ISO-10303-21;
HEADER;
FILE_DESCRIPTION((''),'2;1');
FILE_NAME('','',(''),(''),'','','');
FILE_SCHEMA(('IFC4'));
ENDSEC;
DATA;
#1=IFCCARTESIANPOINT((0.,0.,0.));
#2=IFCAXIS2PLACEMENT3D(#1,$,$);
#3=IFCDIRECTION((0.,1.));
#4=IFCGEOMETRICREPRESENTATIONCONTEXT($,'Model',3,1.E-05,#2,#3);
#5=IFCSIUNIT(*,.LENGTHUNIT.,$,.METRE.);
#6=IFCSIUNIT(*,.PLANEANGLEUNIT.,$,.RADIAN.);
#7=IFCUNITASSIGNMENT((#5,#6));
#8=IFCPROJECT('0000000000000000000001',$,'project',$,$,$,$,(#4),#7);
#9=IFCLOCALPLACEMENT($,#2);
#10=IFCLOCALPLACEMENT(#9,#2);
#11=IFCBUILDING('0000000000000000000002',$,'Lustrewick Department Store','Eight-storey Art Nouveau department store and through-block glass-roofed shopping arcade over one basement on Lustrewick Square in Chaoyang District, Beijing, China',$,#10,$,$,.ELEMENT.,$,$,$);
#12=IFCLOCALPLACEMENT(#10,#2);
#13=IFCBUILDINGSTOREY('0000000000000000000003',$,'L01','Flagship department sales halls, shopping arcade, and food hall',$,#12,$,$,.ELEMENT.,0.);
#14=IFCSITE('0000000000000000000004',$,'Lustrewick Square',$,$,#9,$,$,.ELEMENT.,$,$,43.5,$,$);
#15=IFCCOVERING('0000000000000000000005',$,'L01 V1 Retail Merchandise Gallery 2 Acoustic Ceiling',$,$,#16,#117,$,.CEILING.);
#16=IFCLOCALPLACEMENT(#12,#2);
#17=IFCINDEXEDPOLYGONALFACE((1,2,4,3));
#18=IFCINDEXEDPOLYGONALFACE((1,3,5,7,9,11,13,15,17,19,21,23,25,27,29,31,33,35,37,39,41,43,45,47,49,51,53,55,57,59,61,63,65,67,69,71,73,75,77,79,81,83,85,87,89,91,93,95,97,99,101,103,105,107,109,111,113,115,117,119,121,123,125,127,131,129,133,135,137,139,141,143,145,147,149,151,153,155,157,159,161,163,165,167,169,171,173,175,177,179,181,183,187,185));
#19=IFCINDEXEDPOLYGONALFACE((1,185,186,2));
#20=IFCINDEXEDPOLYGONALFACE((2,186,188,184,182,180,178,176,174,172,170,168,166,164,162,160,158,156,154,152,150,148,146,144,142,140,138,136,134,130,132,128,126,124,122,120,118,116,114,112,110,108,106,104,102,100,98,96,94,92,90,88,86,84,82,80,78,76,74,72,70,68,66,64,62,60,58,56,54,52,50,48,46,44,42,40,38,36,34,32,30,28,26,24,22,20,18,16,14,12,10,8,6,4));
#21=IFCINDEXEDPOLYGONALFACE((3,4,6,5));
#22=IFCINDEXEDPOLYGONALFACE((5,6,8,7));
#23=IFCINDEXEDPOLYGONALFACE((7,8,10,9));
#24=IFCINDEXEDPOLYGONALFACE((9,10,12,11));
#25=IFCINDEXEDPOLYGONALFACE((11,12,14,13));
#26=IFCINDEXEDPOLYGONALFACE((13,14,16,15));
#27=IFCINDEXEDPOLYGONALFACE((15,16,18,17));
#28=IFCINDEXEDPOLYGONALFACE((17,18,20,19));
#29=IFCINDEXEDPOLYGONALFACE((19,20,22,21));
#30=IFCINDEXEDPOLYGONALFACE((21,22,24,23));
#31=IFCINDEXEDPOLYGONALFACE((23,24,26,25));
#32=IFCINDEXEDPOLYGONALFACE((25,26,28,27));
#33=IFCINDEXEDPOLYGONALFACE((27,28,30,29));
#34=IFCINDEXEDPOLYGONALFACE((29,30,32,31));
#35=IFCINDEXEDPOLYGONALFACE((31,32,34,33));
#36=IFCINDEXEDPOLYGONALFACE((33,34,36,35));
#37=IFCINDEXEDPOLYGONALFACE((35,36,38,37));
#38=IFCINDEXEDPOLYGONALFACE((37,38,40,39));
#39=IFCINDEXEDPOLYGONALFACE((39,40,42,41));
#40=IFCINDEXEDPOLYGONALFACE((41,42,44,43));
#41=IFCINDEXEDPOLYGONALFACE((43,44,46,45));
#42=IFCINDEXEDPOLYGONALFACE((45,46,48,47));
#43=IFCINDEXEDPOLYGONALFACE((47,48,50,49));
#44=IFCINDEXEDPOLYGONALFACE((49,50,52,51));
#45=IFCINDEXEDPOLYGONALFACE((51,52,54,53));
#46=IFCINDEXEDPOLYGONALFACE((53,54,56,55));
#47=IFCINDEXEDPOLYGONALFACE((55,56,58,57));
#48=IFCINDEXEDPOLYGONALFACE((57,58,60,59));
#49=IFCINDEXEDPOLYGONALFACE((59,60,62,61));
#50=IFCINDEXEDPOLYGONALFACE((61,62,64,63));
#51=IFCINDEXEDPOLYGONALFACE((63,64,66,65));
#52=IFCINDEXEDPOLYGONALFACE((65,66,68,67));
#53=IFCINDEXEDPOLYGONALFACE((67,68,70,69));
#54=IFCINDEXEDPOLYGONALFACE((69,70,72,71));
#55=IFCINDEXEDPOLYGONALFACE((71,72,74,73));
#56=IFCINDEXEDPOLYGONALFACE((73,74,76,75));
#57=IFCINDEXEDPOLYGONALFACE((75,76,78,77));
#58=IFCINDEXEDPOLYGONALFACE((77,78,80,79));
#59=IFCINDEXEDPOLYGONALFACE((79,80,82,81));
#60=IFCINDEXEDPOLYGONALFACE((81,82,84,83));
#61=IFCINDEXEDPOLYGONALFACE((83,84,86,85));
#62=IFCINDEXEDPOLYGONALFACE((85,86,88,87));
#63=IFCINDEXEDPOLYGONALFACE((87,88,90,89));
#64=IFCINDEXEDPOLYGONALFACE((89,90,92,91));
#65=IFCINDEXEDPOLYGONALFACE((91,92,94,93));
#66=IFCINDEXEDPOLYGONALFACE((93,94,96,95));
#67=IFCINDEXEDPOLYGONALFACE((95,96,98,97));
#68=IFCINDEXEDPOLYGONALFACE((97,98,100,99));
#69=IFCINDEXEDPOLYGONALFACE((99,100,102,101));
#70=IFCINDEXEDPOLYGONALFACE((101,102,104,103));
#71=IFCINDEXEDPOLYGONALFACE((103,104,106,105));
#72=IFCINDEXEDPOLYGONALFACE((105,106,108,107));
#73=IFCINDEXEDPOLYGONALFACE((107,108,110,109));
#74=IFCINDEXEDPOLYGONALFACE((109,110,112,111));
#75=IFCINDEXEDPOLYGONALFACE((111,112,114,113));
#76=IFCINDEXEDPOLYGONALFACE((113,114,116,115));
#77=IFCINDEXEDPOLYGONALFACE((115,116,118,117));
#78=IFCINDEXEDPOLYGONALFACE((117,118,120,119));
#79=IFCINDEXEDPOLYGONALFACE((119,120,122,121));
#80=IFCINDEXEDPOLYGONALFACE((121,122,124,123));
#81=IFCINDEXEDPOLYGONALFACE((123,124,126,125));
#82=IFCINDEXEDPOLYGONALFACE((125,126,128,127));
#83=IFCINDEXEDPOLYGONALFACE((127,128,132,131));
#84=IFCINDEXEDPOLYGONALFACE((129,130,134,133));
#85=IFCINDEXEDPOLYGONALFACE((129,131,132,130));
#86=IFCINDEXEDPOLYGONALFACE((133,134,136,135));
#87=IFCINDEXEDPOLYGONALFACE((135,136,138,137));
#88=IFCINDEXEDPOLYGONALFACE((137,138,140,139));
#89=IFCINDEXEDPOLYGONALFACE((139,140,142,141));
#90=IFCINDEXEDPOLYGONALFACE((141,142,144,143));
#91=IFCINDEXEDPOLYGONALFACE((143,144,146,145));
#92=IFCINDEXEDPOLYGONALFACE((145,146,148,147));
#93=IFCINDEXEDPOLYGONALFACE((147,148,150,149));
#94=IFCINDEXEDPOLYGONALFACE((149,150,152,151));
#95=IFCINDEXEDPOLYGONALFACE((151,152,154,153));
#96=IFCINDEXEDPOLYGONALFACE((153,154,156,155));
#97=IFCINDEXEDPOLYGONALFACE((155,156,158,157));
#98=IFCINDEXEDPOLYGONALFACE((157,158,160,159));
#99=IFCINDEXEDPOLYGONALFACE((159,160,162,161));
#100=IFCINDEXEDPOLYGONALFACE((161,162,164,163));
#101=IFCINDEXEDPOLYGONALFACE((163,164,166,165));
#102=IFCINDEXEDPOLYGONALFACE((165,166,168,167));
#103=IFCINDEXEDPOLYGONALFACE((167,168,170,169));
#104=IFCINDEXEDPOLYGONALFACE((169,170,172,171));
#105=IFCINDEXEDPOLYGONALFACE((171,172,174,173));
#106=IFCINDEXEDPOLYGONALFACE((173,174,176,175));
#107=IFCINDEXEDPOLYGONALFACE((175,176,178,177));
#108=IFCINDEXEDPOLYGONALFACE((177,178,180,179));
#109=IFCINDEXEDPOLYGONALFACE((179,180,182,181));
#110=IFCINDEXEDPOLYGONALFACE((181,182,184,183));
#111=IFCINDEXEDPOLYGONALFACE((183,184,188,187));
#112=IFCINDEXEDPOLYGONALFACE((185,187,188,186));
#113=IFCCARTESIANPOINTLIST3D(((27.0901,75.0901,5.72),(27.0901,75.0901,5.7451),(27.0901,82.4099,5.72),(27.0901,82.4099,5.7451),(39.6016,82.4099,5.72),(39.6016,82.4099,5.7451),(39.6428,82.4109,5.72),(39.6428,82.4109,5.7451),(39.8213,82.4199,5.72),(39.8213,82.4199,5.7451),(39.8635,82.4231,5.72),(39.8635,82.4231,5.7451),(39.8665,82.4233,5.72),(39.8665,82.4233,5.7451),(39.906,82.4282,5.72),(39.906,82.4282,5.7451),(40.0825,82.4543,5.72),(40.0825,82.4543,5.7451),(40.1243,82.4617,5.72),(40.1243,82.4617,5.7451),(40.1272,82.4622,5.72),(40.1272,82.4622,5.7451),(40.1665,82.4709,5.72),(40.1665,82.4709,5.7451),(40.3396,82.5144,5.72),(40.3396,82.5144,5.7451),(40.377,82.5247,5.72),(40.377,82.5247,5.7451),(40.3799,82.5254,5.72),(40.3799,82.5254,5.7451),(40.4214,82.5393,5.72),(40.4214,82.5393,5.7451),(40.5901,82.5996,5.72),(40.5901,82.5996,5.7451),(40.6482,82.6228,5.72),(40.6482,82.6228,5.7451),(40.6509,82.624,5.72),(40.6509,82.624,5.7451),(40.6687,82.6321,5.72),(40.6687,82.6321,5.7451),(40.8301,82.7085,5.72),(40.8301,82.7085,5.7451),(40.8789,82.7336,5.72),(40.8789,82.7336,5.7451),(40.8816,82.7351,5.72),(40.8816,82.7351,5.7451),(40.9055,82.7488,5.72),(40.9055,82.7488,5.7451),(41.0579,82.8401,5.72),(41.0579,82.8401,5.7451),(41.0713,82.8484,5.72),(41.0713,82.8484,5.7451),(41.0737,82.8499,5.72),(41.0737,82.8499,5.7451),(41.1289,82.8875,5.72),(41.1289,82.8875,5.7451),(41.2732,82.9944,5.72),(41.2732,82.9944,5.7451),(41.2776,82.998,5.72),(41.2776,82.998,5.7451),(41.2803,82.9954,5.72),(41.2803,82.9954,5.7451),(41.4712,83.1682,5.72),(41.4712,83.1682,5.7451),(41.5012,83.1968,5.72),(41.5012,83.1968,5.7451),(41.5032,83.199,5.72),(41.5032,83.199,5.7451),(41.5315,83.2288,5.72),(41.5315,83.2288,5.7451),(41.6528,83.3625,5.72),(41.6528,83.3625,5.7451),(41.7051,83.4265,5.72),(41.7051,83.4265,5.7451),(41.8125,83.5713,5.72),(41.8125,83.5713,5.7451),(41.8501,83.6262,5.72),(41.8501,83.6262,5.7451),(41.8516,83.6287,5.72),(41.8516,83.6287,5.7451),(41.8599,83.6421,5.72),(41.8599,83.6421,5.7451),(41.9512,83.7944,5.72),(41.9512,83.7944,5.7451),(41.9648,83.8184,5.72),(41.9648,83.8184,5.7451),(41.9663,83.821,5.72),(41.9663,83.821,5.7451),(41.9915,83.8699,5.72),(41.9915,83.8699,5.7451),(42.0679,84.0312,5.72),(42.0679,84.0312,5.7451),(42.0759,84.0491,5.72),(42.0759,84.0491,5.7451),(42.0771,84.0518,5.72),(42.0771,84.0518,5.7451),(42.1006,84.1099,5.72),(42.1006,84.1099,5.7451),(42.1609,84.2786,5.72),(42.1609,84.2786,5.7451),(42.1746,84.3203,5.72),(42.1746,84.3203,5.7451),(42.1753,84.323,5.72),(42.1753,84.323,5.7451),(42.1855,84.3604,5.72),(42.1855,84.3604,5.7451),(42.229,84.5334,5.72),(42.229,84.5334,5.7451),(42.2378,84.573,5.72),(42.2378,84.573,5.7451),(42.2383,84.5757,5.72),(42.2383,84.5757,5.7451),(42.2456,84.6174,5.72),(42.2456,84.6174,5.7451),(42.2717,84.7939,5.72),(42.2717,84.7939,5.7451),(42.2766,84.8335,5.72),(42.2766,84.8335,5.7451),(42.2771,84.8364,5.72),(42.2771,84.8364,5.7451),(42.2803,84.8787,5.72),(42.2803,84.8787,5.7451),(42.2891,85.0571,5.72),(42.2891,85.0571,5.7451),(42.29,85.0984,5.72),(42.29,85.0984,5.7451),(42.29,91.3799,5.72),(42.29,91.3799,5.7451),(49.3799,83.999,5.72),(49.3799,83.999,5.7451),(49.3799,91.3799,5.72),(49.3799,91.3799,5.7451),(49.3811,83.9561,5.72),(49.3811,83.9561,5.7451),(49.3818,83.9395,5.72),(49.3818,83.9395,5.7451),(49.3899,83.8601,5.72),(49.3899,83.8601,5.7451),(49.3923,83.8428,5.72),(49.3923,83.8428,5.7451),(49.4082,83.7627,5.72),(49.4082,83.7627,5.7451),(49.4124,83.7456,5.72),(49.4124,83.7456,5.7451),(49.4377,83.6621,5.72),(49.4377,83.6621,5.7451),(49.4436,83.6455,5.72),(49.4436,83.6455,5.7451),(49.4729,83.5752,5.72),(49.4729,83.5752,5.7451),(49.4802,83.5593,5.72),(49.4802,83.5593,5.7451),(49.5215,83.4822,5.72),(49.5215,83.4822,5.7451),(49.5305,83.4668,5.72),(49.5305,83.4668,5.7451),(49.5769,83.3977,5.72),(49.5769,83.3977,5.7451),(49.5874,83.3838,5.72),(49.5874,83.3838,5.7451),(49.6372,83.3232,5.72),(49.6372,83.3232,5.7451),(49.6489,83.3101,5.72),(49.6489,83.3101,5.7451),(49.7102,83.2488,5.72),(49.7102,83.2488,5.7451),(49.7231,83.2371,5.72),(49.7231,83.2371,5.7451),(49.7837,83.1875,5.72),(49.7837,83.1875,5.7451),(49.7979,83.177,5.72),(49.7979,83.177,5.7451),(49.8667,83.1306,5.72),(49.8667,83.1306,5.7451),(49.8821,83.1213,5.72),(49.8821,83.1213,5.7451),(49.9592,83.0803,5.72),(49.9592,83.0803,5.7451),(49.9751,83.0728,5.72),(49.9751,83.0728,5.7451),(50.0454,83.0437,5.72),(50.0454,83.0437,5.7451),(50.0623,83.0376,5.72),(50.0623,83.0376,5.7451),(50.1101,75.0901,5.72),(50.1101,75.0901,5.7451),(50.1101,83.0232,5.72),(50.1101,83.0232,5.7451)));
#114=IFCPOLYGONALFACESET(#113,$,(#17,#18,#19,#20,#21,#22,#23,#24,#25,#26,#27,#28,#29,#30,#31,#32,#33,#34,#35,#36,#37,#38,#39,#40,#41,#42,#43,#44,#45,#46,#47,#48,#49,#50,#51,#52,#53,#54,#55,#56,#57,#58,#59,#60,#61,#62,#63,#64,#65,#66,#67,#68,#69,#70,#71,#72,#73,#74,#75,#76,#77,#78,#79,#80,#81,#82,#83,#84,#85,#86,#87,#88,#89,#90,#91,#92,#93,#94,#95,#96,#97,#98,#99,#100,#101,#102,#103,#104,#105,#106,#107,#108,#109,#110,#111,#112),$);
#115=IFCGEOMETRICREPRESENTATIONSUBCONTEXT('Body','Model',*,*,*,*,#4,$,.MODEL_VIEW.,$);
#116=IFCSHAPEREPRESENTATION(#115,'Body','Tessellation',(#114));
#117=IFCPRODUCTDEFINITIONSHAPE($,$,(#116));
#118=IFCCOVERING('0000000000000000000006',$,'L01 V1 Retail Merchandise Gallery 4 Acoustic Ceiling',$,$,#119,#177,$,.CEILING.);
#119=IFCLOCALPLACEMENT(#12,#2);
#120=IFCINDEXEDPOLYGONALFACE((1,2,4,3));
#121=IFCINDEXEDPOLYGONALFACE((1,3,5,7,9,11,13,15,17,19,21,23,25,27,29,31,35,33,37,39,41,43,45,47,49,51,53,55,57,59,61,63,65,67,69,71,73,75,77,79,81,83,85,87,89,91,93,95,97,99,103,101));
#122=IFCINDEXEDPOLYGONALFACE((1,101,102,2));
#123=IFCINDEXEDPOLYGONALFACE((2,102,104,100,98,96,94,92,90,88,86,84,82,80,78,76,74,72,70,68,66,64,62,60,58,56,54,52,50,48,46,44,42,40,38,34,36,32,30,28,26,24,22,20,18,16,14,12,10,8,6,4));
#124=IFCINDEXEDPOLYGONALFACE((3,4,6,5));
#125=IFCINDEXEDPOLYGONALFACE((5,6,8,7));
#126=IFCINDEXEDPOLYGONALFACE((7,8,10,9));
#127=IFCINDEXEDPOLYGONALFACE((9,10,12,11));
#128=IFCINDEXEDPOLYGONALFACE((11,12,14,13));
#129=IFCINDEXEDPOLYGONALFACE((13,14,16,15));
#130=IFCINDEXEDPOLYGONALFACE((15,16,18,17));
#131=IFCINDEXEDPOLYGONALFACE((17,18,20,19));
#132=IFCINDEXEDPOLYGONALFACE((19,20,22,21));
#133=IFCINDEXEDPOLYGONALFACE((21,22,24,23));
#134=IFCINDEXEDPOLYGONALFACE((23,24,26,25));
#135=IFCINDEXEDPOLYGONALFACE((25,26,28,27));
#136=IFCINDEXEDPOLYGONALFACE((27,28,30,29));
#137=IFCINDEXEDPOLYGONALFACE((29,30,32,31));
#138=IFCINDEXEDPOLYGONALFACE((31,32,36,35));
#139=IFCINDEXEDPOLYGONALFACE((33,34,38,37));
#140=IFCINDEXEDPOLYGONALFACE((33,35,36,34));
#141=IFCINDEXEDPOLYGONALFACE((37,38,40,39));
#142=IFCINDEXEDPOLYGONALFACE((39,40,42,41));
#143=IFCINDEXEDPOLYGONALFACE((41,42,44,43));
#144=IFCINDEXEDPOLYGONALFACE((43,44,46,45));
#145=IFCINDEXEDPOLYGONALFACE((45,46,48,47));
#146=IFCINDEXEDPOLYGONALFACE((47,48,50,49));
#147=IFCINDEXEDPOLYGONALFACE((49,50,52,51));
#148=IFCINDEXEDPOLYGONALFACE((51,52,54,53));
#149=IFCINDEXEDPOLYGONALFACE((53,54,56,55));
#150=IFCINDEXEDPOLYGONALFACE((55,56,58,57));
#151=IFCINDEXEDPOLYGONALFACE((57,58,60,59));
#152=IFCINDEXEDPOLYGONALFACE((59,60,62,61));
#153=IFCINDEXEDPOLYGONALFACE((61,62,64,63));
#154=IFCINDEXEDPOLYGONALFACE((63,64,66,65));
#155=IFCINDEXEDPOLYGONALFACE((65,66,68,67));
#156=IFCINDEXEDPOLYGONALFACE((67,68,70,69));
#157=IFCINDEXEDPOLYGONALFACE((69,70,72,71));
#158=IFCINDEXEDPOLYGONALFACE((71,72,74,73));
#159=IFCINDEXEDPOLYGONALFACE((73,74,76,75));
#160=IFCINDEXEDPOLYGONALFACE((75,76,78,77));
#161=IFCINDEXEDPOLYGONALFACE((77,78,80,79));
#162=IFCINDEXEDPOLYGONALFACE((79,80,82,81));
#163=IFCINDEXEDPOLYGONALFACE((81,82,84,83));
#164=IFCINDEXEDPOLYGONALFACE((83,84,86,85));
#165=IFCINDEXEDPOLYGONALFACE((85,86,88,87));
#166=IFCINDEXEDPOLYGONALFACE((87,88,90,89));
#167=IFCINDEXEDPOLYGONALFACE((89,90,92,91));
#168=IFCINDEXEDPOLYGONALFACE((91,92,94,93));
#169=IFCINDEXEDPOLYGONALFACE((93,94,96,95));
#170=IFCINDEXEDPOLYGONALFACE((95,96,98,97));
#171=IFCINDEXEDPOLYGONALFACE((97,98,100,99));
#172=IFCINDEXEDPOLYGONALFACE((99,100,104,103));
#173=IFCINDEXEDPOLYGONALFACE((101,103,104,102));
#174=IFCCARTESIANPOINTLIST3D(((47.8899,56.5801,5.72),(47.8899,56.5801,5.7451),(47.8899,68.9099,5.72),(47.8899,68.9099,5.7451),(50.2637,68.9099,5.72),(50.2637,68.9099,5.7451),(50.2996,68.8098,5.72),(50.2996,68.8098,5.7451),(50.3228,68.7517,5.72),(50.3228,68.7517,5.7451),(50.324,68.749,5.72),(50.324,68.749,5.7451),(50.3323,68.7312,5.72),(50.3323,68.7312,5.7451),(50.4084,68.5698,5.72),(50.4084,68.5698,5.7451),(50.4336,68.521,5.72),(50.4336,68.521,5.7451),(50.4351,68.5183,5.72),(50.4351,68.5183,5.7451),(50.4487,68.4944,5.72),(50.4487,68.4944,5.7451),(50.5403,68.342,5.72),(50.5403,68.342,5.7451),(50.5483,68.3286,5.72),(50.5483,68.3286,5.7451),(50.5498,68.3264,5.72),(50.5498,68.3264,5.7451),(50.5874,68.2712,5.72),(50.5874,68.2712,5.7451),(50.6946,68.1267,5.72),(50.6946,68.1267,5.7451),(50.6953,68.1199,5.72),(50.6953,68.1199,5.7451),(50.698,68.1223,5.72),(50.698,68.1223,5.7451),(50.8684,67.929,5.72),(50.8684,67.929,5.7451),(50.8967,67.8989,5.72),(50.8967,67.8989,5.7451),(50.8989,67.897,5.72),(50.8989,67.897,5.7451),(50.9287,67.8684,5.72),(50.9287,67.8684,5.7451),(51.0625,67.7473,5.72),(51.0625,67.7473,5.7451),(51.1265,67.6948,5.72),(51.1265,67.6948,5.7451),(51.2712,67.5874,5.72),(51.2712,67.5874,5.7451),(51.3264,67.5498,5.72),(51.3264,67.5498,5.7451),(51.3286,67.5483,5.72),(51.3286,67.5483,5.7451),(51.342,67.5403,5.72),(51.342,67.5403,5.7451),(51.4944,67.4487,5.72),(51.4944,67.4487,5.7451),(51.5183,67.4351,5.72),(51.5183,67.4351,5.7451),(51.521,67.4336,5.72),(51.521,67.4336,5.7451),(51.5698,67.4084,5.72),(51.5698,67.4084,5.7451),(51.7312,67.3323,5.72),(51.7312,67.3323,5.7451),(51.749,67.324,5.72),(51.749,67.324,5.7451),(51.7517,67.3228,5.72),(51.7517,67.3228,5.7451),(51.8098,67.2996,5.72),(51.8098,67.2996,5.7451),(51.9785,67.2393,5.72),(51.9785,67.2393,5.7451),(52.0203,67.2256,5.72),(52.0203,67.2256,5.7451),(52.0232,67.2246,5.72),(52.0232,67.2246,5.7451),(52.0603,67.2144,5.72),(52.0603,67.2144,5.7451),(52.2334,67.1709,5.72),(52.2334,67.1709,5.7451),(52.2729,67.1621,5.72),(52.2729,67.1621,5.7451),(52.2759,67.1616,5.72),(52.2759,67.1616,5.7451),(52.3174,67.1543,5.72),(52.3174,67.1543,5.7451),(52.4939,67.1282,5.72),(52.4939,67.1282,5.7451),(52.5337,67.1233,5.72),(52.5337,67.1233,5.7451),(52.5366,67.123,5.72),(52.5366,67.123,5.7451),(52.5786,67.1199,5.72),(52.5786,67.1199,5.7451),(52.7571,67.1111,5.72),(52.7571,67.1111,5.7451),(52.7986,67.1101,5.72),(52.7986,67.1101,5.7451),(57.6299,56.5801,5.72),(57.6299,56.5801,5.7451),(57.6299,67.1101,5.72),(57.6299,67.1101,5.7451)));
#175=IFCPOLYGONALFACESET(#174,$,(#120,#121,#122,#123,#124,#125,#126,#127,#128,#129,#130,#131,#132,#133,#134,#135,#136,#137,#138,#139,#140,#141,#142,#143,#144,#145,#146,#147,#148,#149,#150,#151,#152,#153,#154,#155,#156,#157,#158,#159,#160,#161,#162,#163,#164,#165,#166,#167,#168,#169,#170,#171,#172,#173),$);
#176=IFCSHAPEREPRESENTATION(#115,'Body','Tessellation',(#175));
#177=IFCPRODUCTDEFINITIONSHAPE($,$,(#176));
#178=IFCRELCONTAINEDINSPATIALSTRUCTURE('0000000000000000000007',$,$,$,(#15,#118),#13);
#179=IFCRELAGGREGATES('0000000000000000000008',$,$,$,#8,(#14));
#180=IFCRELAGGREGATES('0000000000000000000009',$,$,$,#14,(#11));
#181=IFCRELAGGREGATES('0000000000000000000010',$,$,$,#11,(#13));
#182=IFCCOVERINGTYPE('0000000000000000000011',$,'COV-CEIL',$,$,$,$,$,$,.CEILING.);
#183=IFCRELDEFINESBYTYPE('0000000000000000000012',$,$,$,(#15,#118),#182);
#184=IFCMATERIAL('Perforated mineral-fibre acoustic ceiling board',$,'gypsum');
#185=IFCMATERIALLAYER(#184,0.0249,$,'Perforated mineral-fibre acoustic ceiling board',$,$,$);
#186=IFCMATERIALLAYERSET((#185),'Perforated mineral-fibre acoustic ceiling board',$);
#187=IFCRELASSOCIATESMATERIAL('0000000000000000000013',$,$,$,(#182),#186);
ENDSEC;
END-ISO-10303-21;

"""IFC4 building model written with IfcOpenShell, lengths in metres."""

from ifc_helpers import new_model, si_unit, direction, frame, origin, place, context, subcontext, project, spatial, polyline, outline, extrude, material, layer, layer_set, type_object, element, save


model = new_model("IFC4")

# Units and contexts
model_context = context("Model", 3, precision=1e-05, world=origin(), true_north=direction((0.0, 1.0)))
body_context = subcontext(model_context, "Body", "Model", "MODEL_VIEW")
ifc_project = project(units=[si_unit("LENGTHUNIT", "METRE"), si_unit("PLANEANGLEUNIT", "RADIAN")], contexts=[model_context])

# Site, building, storey
site_placement = place(None, origin())
site = spatial("IfcSite", under=ifc_project, at=site_placement, Name="Lustrewick Square", CompositionType="ELEMENT", RefElevation=43.5)
building_placement = place(site_placement, origin())
building = spatial("IfcBuilding", under=site, at=building_placement, Name="Lustrewick Department Store", Description="Eight-storey Art Nouveau department store and through-block glass-roofed shopping arcade over one basement on Lustrewick Square in Chaoyang District, Beijing, China", CompositionType="ELEMENT")
storey_placement = place(building_placement, origin())
storey = spatial("IfcBuildingStorey", under=building, at=storey_placement, Name="L01", Description="Flagship department sales halls, shopping arcade, and food hall", CompositionType="ELEMENT", Elevation=0.0)

# Coverings
ifc_material_1 = material(Name="Perforated mineral-fibre acoustic ceiling board", Category="gypsum")
ifc_layer_1 = layer(ifc_material_1, 0.0249, Name="Perforated mineral-fibre acoustic ceiling board")
ifc_layer_set_1 = layer_set([ifc_layer_1], Name="Perforated mineral-fibre acoustic ceiling board")
covering_type_1 = type_object("IfcCoveringType", Name="COV-CEIL", PredefinedType="CEILING", material=ifc_layer_set_1)
covering_1_placement = place(storey_placement, frame((0.0, 0.0, 5.72)))
element("IfcCovering", 1, at=covering_1_placement, inside=storey, type_object=covering_type_1, Name="L01 V1 Retail Merchandise Gallery 2 Acoustic Ceiling", PredefinedType="CEILING", context=body_context, shape_type="SweptSolid", body=[
    extrude(outline(polyline([(41.2732, 82.9944), (41.1289, 82.8875), (41.0737, 82.8499), (41.0713, 82.8484), (41.0579, 82.8401), (40.9055, 82.7488), (40.8816, 82.7351), (40.8789, 82.7336), (40.8301, 82.7085), (40.6687, 82.6321), (40.6509, 82.624), (40.6482, 82.6228), (40.5901, 82.5996), (40.4214, 82.5393), (40.3799, 82.5254), (40.377, 82.5247), (40.3396, 82.5144), (40.1665, 82.4709), (40.1272, 82.4622), (40.1243, 82.4617), (40.0825, 82.4543), (39.906, 82.4282), (39.8665, 82.4233), (39.8635, 82.4231), (39.8213, 82.4199), (39.6428, 82.4109), (39.6016, 82.4099), (27.0901, 82.4099), (27.0901, 75.0901), (50.1101, 75.0901), (50.1101, 83.0232), (50.0623, 83.0376), (50.0454, 83.0437), (49.9751, 83.0728), (49.9592, 83.0803), (49.8821, 83.1213), (49.8667, 83.1306), (49.7979, 83.177), (49.7837, 83.1875), (49.7231, 83.2371), (49.7102, 83.2488), (49.6489, 83.3101), (49.6372, 83.3232), (49.5874, 83.3838), (49.5769, 83.3977), (49.5305, 83.4668), (49.5215, 83.4822), (49.4802, 83.5593), (49.4729, 83.5752), (49.4436, 83.6455), (49.4377, 83.6621), (49.4124, 83.7456), (49.4082, 83.7627), (49.3923, 83.8428), (49.3899, 83.8601), (49.3818, 83.9395), (49.3811, 83.9561), (49.3799, 83.999), (49.3799, 91.3799), (42.29, 91.3799), (42.29, 85.0984), (42.2891, 85.0571), (42.2803, 84.8787), (42.2771, 84.8364), (42.2766, 84.8335), (42.2717, 84.7939), (42.2456, 84.6174), (42.2383, 84.5757), (42.2378, 84.573), (42.229, 84.5334), (42.1855, 84.3604), (42.1753, 84.323), (42.1746, 84.3203), (42.1609, 84.2786), (42.1006, 84.1099), (42.0771, 84.0518), (42.0759, 84.0491), (42.0679, 84.0312), (41.9915, 83.8699), (41.9663, 83.821), (41.9648, 83.8184), (41.9512, 83.7944), (41.8599, 83.6421), (41.8516, 83.6287), (41.8501, 83.6262), (41.8125, 83.5713), (41.7051, 83.4265), (41.6528, 83.3625), (41.5315, 83.2288), (41.5032, 83.199), (41.5012, 83.1968), (41.4712, 83.1682), (41.2803, 82.9954), (41.2776, 82.998), (41.2732, 82.9944)])), origin(), (0.0, 0.0, 1.0), 0.0251),
])
covering_2_placement = place(storey_placement, frame((0.0, 0.0, 5.72)))
element("IfcCovering", 2, at=covering_2_placement, inside=storey, type_object=covering_type_1, Name="L01 V1 Retail Merchandise Gallery 4 Acoustic Ceiling", PredefinedType="CEILING", context=body_context, shape_type="SweptSolid", body=[
    extrude(outline(polyline([(50.2637, 68.9099), (47.8899, 68.9099), (47.8899, 56.5801), (57.6299, 56.5801), (57.6299, 67.1101), (52.7986, 67.1101), (52.7571, 67.1111), (52.5786, 67.1199), (52.5366, 67.123), (52.5337, 67.1233), (52.4939, 67.1282), (52.3174, 67.1543), (52.2759, 67.1616), (52.2729, 67.1621), (52.2334, 67.1709), (52.0603, 67.2144), (52.0232, 67.2246), (52.0203, 67.2256), (51.9785, 67.2393), (51.8098, 67.2996), (51.7517, 67.3228), (51.749, 67.324), (51.7312, 67.3323), (51.5698, 67.4084), (51.521, 67.4336), (51.5183, 67.4351), (51.4944, 67.4487), (51.342, 67.5403), (51.3286, 67.5483), (51.3264, 67.5498), (51.2712, 67.5874), (51.1265, 67.6948), (51.0625, 67.7473), (50.9287, 67.8684), (50.8989, 67.897), (50.8967, 67.8989), (50.8684, 67.929), (50.6953, 68.1199), (50.698, 68.1223), (50.6946, 68.1267), (50.5874, 68.2712), (50.5498, 68.3264), (50.5483, 68.3286), (50.5403, 68.342), (50.4487, 68.4944), (50.4351, 68.5183), (50.4336, 68.521), (50.4084, 68.5698), (50.3323, 68.7312), (50.324, 68.749), (50.3228, 68.7517), (50.2996, 68.8098), (50.2637, 68.9099)])), origin(), (0.0, 0.0, 1.0), 0.0251),
])

save(model, "model.ifc")
